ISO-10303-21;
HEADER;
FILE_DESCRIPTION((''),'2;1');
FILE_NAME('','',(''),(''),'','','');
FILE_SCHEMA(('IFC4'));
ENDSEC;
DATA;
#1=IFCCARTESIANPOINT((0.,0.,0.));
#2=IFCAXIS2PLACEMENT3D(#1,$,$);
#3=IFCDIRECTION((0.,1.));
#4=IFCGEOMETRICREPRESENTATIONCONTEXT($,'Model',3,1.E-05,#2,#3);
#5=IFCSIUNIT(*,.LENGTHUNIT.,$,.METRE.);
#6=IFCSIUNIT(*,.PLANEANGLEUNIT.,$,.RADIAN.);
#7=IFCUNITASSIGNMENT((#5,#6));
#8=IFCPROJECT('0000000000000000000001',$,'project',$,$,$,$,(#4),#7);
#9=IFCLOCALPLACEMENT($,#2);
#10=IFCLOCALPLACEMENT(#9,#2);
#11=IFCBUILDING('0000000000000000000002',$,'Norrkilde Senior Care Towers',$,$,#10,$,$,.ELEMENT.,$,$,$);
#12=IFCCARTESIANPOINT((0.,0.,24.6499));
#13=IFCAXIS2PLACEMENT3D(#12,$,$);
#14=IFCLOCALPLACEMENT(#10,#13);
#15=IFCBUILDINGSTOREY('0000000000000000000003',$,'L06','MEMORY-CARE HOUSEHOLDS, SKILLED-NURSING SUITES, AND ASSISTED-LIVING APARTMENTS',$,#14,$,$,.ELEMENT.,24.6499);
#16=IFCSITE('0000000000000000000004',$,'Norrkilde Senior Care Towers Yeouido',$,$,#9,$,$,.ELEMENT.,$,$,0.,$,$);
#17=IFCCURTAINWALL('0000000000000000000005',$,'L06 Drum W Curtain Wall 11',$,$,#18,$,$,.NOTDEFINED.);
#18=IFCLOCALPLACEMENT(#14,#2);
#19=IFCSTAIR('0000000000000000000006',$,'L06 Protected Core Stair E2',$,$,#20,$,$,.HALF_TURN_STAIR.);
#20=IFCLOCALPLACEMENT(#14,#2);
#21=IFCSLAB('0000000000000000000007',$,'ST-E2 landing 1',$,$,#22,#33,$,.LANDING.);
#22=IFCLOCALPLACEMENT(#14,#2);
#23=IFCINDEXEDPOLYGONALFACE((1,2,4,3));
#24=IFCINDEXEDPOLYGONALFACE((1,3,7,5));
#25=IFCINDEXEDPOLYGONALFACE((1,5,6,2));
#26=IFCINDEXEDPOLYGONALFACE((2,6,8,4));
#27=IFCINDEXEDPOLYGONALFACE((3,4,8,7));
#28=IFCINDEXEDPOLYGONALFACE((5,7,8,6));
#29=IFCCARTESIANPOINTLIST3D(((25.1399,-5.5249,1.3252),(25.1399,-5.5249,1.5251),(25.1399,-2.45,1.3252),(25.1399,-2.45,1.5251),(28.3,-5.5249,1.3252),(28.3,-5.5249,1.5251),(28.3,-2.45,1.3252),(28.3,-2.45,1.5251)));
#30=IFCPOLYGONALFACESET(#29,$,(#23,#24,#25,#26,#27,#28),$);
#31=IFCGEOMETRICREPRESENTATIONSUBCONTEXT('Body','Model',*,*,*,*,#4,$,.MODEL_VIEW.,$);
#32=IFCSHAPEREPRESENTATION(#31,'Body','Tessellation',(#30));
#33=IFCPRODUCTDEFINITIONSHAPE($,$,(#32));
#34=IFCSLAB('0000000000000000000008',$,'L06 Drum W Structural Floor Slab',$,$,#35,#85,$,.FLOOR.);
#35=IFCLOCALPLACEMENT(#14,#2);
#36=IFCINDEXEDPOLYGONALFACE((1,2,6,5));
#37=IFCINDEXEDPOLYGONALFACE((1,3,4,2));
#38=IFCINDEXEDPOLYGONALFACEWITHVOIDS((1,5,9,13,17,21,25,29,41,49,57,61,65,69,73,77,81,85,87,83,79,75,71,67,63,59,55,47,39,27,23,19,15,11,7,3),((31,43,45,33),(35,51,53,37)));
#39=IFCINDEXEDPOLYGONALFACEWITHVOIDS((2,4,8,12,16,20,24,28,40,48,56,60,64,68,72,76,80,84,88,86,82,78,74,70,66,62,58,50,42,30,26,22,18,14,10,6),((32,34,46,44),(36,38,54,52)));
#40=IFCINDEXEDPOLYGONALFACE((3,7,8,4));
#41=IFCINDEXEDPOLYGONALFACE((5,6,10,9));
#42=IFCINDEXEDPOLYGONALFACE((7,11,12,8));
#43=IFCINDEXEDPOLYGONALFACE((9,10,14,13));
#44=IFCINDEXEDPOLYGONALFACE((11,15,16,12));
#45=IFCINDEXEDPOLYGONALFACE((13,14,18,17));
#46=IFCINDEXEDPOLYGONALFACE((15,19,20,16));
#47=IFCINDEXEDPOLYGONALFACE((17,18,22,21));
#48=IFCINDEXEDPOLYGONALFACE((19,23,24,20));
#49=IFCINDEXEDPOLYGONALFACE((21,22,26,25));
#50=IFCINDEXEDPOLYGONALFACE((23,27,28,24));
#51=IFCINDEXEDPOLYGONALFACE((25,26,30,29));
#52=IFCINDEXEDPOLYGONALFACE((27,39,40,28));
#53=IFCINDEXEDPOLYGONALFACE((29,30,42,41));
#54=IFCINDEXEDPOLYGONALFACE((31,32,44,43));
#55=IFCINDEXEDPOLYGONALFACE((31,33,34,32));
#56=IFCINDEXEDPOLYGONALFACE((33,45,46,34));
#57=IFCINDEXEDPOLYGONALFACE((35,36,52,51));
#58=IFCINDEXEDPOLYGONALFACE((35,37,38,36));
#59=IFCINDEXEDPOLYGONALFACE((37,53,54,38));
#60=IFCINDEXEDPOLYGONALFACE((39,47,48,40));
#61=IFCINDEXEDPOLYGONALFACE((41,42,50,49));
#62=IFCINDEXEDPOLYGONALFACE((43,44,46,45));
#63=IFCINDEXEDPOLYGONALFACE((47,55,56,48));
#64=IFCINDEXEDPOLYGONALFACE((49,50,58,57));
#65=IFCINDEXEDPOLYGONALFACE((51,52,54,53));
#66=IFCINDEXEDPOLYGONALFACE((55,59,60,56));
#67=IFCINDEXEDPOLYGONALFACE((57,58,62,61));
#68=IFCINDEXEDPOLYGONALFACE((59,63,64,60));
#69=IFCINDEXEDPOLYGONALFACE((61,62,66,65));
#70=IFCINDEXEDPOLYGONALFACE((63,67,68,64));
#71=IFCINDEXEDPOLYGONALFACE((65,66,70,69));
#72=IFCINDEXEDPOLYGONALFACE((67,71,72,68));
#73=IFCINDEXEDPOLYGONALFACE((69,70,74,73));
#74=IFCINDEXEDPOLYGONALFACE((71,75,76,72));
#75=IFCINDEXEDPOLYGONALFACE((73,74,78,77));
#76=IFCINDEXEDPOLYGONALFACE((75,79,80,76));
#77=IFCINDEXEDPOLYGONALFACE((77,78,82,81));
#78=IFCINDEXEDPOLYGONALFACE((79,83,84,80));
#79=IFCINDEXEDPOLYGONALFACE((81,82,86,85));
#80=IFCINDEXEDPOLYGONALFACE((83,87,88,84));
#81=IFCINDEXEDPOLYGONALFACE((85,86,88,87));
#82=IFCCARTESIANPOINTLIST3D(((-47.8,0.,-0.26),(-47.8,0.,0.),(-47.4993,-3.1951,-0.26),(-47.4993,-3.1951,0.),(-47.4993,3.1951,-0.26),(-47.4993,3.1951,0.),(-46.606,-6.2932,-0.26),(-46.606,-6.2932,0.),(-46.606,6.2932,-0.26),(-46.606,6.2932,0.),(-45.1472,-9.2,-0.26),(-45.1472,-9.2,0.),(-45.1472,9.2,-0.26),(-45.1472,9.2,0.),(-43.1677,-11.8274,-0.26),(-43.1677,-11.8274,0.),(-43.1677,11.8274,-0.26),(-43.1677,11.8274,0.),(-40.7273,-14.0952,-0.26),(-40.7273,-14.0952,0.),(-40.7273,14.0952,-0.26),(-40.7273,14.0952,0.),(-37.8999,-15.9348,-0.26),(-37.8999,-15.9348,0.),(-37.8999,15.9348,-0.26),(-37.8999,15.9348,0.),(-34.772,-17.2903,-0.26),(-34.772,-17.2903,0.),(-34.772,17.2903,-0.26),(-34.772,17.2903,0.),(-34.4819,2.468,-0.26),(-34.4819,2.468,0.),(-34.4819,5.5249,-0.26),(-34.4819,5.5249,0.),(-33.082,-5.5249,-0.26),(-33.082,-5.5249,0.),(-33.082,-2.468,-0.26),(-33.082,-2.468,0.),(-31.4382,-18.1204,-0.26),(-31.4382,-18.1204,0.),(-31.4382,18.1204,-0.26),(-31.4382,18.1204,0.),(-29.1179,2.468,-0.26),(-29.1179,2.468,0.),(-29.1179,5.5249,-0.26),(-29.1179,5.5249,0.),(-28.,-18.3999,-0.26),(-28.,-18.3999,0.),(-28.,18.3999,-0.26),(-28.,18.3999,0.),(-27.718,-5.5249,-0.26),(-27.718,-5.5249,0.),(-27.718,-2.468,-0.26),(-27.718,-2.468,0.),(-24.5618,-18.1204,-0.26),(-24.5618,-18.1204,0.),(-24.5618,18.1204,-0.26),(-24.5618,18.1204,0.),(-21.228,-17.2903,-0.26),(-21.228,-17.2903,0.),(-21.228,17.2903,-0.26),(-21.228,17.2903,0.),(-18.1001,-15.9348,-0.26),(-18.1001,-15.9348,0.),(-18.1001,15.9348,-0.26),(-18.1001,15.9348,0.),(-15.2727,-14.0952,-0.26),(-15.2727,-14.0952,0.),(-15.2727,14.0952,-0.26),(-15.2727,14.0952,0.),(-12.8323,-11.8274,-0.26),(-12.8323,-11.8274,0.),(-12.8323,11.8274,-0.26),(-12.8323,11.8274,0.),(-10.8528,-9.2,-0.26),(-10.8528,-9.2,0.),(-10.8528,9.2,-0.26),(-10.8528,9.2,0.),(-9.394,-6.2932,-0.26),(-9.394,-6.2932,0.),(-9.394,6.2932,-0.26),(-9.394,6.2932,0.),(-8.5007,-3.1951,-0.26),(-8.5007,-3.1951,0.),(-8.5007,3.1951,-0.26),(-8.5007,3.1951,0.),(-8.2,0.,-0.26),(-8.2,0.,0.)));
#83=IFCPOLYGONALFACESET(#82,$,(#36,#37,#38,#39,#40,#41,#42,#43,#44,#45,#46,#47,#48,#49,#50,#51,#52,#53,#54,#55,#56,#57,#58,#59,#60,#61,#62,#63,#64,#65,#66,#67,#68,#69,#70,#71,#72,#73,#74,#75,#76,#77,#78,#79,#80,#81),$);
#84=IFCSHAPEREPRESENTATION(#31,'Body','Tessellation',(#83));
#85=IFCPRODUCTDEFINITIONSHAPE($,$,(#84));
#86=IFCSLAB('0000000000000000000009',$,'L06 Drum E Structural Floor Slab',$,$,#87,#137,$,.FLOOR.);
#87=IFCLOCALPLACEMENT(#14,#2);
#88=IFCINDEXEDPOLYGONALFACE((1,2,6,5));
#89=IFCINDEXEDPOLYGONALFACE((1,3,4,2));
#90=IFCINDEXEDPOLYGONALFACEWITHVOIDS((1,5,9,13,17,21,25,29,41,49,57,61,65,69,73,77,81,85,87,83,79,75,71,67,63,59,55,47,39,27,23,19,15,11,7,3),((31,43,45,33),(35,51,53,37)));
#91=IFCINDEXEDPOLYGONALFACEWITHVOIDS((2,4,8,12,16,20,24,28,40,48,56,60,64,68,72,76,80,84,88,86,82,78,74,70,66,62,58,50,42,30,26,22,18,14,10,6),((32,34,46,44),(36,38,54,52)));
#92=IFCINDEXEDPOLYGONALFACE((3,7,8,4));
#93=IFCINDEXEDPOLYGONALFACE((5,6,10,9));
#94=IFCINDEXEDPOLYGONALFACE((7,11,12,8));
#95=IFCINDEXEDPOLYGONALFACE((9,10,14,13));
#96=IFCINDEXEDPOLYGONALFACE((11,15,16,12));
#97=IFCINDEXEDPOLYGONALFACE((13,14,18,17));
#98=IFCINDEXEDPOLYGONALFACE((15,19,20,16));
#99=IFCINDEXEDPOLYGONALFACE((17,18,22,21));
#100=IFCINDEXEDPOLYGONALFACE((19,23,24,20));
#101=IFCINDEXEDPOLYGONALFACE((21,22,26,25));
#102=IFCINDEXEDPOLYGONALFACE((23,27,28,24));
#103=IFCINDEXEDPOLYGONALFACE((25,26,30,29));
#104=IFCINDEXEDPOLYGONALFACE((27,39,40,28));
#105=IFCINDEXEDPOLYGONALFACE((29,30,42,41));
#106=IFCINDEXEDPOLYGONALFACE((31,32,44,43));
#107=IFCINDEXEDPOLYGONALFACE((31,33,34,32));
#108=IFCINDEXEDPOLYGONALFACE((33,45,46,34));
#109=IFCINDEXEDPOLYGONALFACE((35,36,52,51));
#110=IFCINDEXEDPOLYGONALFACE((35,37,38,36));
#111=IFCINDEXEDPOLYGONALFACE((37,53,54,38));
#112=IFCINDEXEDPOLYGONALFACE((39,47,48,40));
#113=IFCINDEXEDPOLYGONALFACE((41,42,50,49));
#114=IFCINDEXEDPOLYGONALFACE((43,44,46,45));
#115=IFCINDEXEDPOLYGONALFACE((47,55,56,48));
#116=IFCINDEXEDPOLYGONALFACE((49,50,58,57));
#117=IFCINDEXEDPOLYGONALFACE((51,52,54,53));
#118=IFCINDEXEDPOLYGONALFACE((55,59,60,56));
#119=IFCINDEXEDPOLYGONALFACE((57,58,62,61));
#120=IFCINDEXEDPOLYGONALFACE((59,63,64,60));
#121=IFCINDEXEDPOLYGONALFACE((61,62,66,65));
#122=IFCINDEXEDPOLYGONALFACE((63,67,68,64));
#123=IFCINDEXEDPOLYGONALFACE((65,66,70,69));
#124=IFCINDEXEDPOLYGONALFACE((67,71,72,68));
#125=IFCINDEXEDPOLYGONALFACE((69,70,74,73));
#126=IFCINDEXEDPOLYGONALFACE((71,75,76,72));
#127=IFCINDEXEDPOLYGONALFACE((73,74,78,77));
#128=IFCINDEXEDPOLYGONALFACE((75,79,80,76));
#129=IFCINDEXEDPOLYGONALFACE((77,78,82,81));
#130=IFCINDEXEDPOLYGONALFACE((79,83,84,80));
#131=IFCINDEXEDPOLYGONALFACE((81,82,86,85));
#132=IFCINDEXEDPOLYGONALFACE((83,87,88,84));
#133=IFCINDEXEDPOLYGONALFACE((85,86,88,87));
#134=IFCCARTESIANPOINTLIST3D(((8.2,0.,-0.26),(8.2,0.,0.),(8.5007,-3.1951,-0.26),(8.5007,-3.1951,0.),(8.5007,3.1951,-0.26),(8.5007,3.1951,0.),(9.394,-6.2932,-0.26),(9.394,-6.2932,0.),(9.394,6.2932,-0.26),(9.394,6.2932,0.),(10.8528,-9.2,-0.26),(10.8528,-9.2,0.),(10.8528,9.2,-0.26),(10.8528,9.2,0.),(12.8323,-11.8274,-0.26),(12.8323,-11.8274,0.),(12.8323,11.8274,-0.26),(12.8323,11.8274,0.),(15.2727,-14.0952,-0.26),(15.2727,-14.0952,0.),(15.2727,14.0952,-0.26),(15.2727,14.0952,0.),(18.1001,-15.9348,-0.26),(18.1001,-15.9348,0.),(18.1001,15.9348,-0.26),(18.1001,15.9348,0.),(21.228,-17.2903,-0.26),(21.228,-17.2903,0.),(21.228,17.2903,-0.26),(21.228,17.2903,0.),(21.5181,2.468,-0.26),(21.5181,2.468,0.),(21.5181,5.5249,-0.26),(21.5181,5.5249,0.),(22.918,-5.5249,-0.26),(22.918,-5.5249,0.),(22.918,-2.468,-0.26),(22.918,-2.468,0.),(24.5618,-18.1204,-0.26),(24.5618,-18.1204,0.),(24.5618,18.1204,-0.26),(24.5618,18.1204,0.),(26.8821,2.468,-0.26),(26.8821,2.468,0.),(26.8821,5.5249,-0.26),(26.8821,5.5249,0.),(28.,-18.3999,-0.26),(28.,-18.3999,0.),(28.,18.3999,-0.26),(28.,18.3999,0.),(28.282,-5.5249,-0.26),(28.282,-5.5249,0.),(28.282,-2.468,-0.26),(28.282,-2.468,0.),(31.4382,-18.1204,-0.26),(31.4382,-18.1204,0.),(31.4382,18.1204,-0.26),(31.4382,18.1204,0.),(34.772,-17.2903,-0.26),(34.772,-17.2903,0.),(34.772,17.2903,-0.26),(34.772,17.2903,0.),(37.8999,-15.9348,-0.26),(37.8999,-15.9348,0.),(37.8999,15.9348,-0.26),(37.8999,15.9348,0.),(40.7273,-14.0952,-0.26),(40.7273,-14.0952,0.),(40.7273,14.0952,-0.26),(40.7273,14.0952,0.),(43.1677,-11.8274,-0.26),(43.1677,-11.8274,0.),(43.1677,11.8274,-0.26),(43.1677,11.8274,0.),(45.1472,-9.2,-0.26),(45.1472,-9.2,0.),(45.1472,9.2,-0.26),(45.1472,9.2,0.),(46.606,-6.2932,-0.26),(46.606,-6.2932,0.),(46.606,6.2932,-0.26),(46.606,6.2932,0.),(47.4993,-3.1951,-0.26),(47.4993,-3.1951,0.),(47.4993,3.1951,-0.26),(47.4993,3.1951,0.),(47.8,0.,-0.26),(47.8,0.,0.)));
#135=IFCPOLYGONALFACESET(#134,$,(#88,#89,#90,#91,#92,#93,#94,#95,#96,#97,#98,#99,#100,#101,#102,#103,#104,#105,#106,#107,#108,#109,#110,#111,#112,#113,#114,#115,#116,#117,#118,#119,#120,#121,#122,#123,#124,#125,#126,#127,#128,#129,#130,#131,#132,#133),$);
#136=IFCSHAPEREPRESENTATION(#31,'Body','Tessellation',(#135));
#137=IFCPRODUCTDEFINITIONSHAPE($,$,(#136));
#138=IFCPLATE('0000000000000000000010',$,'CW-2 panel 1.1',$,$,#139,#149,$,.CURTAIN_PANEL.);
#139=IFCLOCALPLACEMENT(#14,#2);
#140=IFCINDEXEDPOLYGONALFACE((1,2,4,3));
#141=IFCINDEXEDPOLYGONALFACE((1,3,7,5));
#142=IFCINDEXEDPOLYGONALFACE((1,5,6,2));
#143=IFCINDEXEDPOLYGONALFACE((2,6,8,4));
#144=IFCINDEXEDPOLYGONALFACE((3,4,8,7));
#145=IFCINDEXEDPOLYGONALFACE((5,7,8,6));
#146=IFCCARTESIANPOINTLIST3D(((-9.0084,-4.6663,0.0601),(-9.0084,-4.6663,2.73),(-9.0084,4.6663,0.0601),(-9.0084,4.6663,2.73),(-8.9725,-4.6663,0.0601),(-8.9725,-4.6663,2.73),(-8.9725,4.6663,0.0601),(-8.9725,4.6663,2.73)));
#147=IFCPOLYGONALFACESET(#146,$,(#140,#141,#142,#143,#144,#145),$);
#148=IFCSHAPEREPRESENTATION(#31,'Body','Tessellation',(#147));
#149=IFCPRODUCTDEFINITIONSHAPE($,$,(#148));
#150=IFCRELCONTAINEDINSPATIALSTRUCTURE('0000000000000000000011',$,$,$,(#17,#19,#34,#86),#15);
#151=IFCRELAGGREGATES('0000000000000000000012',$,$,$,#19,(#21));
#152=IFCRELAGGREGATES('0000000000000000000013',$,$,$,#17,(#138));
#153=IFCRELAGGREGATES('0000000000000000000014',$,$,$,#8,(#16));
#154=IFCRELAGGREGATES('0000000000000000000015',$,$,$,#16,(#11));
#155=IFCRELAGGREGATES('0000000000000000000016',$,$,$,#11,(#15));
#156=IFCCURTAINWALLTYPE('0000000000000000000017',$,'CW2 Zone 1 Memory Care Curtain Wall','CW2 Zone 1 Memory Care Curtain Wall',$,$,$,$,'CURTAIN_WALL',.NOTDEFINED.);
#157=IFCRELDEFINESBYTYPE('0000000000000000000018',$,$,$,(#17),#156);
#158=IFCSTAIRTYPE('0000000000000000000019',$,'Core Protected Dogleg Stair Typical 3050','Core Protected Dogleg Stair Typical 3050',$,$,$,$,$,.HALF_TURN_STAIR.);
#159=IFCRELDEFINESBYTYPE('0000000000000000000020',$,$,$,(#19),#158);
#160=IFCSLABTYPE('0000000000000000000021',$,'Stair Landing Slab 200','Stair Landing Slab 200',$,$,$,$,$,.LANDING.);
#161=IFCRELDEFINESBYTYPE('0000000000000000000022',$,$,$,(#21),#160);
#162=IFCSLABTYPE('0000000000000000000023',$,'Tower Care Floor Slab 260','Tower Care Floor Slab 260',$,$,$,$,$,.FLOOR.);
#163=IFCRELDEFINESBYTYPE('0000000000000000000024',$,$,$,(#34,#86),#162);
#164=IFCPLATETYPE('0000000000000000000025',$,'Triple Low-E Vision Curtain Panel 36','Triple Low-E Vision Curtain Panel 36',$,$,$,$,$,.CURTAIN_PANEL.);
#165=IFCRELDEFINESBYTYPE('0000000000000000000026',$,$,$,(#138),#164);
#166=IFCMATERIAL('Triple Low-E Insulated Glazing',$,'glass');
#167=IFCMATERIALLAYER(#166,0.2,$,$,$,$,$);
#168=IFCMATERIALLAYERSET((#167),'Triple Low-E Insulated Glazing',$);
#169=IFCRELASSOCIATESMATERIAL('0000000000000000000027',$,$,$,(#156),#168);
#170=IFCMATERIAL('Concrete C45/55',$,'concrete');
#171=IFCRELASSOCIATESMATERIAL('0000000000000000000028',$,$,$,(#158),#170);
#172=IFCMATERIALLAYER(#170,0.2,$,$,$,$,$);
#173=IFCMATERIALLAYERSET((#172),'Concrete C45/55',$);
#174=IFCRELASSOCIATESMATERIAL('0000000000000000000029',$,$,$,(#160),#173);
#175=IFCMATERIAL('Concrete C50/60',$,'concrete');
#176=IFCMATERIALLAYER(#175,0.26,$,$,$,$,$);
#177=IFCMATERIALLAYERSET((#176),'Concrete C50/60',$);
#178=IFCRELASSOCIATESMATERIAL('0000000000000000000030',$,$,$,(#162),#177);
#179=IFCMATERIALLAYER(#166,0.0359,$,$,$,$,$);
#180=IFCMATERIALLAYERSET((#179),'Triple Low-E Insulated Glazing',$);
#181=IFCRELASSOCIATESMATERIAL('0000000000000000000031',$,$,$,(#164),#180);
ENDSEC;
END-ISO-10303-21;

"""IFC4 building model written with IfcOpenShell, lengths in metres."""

from ifc_helpers import new_model, si_unit, direction, frame, origin, origin_2d, place, context, subcontext, project, spatial, polyline, rectangle, outline, extrude, source, transform, mapped, material, layer, layer_set, type_object, type_shapes, element, aggregate, save


model = new_model("IFC4")

# Units and contexts
model_context = context("Model", 3, precision=1e-05, world=origin(), true_north=direction((0.0, 1.0)))
body_context = subcontext(model_context, "Body", "Model", "MODEL_VIEW")
ifc_project = project(units=[si_unit("LENGTHUNIT", "METRE"), si_unit("PLANEANGLEUNIT", "RADIAN")], contexts=[model_context])

# Site, building, storey
site_placement = place(None, origin())
site = spatial("IfcSite", under=ifc_project, at=site_placement, Name="Norrkilde Senior Care Towers Yeouido", CompositionType="ELEMENT", RefElevation=0.0)
building_placement = place(site_placement, origin())
building = spatial("IfcBuilding", under=site, at=building_placement, Name="Norrkilde Senior Care Towers", CompositionType="ELEMENT")
storey_placement = place(building_placement, frame((0.0, 0.0, 24.6499)))
storey = spatial("IfcBuildingStorey", under=building, at=storey_placement, Name="L06", Description="MEMORY-CARE HOUSEHOLDS, SKILLED-NURSING SUITES, AND ASSISTED-LIVING APARTMENTS", CompositionType="ELEMENT", Elevation=24.6499)

# Shared definitions
ifc_material_1 = material(Name="Triple Low-E Insulated Glazing", Category="glass")
ifc_layer_1 = layer(ifc_material_1, 0.2)
ifc_layer_set_1 = layer_set([ifc_layer_1], Name="Triple Low-E Insulated Glazing")
curtain_wall_type = type_object("IfcCurtainWallType", Name="CW2 Zone 1 Memory Care Curtain Wall", Description="CW2 Zone 1 Memory Care Curtain Wall", ElementType="CURTAIN_WALL", PredefinedType="NOTDEFINED", material=ifc_layer_set_1)

# Curtain wall
curtain_wall_1_placement = place(storey_placement, origin())
curtain_wall_1 = element("IfcCurtainWall", 1, at=curtain_wall_1_placement, inside=storey, type_object=curtain_wall_type, Name="L06 Drum W Curtain Wall 11", PredefinedType="NOTDEFINED")

# Shared definitions
ifc_material_2 = material(Name="Concrete C50/60", Category="concrete")

# Stair, slab
ifc_material_3 = material(Name="Concrete C45/55", Category="concrete")
stair_type = type_object("IfcStairType", Name="Core Protected Dogleg Stair Typical 3050", Description="Core Protected Dogleg Stair Typical 3050", PredefinedType="HALF_TURN_STAIR", material=ifc_material_3)
ifc_layer_2 = layer(ifc_material_3, 0.2)
ifc_layer_set_2 = layer_set([ifc_layer_2], Name="Concrete C45/55")
slab_type_1 = type_object("IfcSlabType", Name="Stair Landing Slab 200", Description="Stair Landing Slab 200", PredefinedType="LANDING", material=ifc_layer_set_2)
stair_1_placement = place(storey_placement, origin())
stair_1 = element("IfcStair", 2, at=stair_1_placement, inside=storey, type_object=stair_type, Name="L06 Protected Core Stair E2", PredefinedType="HALF_TURN_STAIR")
slab_1_placement = place(storey_placement, frame((0.0, 0.0, 1.3252)))
slab_1 = element("IfcSlab", 3, at=slab_1_placement, type_object=slab_type_1, Name="ST-E2 landing 1", PredefinedType="LANDING", context=body_context, shape_type="SweptSolid", body=[
    extrude(outline(polyline([(25.1399, -5.5249), (28.3, -5.5249), (28.3, -2.45), (25.1399, -2.45), (25.1399, -5.5249)])), origin(), (0.0, 0.0, 1.0), 0.2),
])
aggregate(stair_1, [slab_1])

# Slabs
ifc_layer_3 = layer(ifc_material_2, 0.26)
ifc_layer_set_3 = layer_set([ifc_layer_3], Name="Concrete C50/60")
slab_type_2 = type_object("IfcSlabType", Name="Tower Care Floor Slab 260", Description="Tower Care Floor Slab 260", PredefinedType="FLOOR", material=ifc_layer_set_3)
slab_2_placement = place(storey_placement, frame((0.0, 0.0, -0.26)))
element("IfcSlab", 4, at=slab_2_placement, inside=storey, type_object=slab_type_2, Name="L06 Drum W Structural Floor Slab", PredefinedType="FLOOR", context=body_context, shape_type="SweptSolid", body=[
    extrude(outline(polyline([(-9.394, -6.2932), (-10.8528, -9.2), (-12.8323, -11.8274), (-15.2727, -14.0952), (-18.1001, -15.9348), (-21.228, -17.2903), (-24.5618, -18.1204), (-28.0, -18.3999), (-31.4382, -18.1204), (-34.772, -17.2903), (-37.8999, -15.9348), (-40.7273, -14.0952), (-43.1677, -11.8274), (-45.1472, -9.2), (-46.606, -6.2932), (-47.4993, -3.1951), (-47.8, 0.0), (-47.4993, 3.1951), (-46.606, 6.2932), (-45.1472, 9.2), (-43.1677, 11.8274), (-40.7273, 14.0952), (-37.8999, 15.9348), (-34.772, 17.2903), (-31.4382, 18.1204), (-28.0, 18.3999), (-24.5618, 18.1204), (-21.228, 17.2903), (-18.1001, 15.9348), (-15.2727, 14.0952), (-12.8323, 11.8274), (-10.8528, 9.2), (-9.394, 6.2932), (-8.5007, 3.1951), (-8.2, 0.0), (-8.5007, -3.1951), (-9.394, -6.2932)]), holes=[polyline([(-34.4819, 2.468), (-29.1179, 2.468), (-29.1179, 5.5249), (-34.4819, 5.5249), (-34.4819, 2.468)]), polyline([(-27.718, -5.5249), (-27.718, -2.468), (-33.082, -2.468), (-33.082, -5.5249), (-27.718, -5.5249)])]), origin(), (0.0, 0.0, 1.0), 0.26),
])
slab_3_placement = place(storey_placement, frame((0.0, 0.0, -0.26)))
element("IfcSlab", 5, at=slab_3_placement, inside=storey, type_object=slab_type_2, Name="L06 Drum E Structural Floor Slab", PredefinedType="FLOOR", context=body_context, shape_type="SweptSolid", body=[
    extrude(outline(polyline([(46.606, -6.2932), (45.1472, -9.2), (43.1677, -11.8274), (40.7273, -14.0952), (37.8999, -15.9348), (34.772, -17.2903), (31.4382, -18.1204), (28.0, -18.3999), (24.5618, -18.1204), (21.228, -17.2903), (18.1001, -15.9348), (15.2727, -14.0952), (12.8323, -11.8274), (10.8528, -9.2), (9.394, -6.2932), (8.5007, -3.1951), (8.2, 0.0), (8.5007, 3.1951), (9.394, 6.2932), (10.8528, 9.2), (12.8323, 11.8274), (15.2727, 14.0952), (18.1001, 15.9348), (21.228, 17.2903), (24.5618, 18.1204), (28.0, 18.3999), (31.4382, 18.1204), (34.772, 17.2903), (37.8999, 15.9348), (40.7273, 14.0952), (43.1677, 11.8274), (45.1472, 9.2), (46.606, 6.2932), (47.4993, 3.1951), (47.8, 0.0), (47.4993, -3.1951), (46.606, -6.2932)]), holes=[polyline([(21.5181, 2.468), (26.8821, 2.468), (26.8821, 5.5249), (21.5181, 5.5249), (21.5181, 2.468)]), polyline([(28.282, -5.5249), (28.282, -2.468), (22.918, -2.468), (22.918, -5.5249), (28.282, -5.5249)])]), origin(), (0.0, 0.0, 1.0), 0.26),
])

# Plate
ifc_layer_4 = layer(ifc_material_1, 0.0359)
ifc_layer_set_4 = layer_set([ifc_layer_4], Name="Triple Low-E Insulated Glazing")
plate_type = type_object("IfcPlateType", Name="Triple Low-E Vision Curtain Panel 36", Description="Triple Low-E Vision Curtain Panel 36", PredefinedType="CURTAIN_PANEL", material=ifc_layer_set_4)
shared_shape_1 = source(origin(), body_context, "Body", "SweptSolid", [
    extrude(rectangle(XDim=9.3325, YDim=0.0359, at=origin_2d()), origin(), (0.0, 0.0, 1.0), 2.6699),
])
type_shapes(plate_type, [shared_shape_1])
plate_placement = place(storey_placement, frame((-8.9905, 0.0, 0.0601), z_axis=(0.0, 0.0, 1.0), x_axis=(0.0, -1.0, 0.0)))
plate = element("IfcPlate", 6, at=plate_placement, type_object=plate_type, Name="CW-2 panel 1.1", PredefinedType="CURTAIN_PANEL", context=body_context, shape_type="MappedRepresentation", body=[
    mapped(shared_shape_1, transform((0.0, 0.0, 0.0), x_axis=(1.0, 0.0, 0.0), y_axis=(0.0, 1.0, 0.0), z_axis=(0.0, 0.0, 1.0), scale=1.0)),
])
aggregate(curtain_wall_1, [plate])

save(model, "model.ifc")
